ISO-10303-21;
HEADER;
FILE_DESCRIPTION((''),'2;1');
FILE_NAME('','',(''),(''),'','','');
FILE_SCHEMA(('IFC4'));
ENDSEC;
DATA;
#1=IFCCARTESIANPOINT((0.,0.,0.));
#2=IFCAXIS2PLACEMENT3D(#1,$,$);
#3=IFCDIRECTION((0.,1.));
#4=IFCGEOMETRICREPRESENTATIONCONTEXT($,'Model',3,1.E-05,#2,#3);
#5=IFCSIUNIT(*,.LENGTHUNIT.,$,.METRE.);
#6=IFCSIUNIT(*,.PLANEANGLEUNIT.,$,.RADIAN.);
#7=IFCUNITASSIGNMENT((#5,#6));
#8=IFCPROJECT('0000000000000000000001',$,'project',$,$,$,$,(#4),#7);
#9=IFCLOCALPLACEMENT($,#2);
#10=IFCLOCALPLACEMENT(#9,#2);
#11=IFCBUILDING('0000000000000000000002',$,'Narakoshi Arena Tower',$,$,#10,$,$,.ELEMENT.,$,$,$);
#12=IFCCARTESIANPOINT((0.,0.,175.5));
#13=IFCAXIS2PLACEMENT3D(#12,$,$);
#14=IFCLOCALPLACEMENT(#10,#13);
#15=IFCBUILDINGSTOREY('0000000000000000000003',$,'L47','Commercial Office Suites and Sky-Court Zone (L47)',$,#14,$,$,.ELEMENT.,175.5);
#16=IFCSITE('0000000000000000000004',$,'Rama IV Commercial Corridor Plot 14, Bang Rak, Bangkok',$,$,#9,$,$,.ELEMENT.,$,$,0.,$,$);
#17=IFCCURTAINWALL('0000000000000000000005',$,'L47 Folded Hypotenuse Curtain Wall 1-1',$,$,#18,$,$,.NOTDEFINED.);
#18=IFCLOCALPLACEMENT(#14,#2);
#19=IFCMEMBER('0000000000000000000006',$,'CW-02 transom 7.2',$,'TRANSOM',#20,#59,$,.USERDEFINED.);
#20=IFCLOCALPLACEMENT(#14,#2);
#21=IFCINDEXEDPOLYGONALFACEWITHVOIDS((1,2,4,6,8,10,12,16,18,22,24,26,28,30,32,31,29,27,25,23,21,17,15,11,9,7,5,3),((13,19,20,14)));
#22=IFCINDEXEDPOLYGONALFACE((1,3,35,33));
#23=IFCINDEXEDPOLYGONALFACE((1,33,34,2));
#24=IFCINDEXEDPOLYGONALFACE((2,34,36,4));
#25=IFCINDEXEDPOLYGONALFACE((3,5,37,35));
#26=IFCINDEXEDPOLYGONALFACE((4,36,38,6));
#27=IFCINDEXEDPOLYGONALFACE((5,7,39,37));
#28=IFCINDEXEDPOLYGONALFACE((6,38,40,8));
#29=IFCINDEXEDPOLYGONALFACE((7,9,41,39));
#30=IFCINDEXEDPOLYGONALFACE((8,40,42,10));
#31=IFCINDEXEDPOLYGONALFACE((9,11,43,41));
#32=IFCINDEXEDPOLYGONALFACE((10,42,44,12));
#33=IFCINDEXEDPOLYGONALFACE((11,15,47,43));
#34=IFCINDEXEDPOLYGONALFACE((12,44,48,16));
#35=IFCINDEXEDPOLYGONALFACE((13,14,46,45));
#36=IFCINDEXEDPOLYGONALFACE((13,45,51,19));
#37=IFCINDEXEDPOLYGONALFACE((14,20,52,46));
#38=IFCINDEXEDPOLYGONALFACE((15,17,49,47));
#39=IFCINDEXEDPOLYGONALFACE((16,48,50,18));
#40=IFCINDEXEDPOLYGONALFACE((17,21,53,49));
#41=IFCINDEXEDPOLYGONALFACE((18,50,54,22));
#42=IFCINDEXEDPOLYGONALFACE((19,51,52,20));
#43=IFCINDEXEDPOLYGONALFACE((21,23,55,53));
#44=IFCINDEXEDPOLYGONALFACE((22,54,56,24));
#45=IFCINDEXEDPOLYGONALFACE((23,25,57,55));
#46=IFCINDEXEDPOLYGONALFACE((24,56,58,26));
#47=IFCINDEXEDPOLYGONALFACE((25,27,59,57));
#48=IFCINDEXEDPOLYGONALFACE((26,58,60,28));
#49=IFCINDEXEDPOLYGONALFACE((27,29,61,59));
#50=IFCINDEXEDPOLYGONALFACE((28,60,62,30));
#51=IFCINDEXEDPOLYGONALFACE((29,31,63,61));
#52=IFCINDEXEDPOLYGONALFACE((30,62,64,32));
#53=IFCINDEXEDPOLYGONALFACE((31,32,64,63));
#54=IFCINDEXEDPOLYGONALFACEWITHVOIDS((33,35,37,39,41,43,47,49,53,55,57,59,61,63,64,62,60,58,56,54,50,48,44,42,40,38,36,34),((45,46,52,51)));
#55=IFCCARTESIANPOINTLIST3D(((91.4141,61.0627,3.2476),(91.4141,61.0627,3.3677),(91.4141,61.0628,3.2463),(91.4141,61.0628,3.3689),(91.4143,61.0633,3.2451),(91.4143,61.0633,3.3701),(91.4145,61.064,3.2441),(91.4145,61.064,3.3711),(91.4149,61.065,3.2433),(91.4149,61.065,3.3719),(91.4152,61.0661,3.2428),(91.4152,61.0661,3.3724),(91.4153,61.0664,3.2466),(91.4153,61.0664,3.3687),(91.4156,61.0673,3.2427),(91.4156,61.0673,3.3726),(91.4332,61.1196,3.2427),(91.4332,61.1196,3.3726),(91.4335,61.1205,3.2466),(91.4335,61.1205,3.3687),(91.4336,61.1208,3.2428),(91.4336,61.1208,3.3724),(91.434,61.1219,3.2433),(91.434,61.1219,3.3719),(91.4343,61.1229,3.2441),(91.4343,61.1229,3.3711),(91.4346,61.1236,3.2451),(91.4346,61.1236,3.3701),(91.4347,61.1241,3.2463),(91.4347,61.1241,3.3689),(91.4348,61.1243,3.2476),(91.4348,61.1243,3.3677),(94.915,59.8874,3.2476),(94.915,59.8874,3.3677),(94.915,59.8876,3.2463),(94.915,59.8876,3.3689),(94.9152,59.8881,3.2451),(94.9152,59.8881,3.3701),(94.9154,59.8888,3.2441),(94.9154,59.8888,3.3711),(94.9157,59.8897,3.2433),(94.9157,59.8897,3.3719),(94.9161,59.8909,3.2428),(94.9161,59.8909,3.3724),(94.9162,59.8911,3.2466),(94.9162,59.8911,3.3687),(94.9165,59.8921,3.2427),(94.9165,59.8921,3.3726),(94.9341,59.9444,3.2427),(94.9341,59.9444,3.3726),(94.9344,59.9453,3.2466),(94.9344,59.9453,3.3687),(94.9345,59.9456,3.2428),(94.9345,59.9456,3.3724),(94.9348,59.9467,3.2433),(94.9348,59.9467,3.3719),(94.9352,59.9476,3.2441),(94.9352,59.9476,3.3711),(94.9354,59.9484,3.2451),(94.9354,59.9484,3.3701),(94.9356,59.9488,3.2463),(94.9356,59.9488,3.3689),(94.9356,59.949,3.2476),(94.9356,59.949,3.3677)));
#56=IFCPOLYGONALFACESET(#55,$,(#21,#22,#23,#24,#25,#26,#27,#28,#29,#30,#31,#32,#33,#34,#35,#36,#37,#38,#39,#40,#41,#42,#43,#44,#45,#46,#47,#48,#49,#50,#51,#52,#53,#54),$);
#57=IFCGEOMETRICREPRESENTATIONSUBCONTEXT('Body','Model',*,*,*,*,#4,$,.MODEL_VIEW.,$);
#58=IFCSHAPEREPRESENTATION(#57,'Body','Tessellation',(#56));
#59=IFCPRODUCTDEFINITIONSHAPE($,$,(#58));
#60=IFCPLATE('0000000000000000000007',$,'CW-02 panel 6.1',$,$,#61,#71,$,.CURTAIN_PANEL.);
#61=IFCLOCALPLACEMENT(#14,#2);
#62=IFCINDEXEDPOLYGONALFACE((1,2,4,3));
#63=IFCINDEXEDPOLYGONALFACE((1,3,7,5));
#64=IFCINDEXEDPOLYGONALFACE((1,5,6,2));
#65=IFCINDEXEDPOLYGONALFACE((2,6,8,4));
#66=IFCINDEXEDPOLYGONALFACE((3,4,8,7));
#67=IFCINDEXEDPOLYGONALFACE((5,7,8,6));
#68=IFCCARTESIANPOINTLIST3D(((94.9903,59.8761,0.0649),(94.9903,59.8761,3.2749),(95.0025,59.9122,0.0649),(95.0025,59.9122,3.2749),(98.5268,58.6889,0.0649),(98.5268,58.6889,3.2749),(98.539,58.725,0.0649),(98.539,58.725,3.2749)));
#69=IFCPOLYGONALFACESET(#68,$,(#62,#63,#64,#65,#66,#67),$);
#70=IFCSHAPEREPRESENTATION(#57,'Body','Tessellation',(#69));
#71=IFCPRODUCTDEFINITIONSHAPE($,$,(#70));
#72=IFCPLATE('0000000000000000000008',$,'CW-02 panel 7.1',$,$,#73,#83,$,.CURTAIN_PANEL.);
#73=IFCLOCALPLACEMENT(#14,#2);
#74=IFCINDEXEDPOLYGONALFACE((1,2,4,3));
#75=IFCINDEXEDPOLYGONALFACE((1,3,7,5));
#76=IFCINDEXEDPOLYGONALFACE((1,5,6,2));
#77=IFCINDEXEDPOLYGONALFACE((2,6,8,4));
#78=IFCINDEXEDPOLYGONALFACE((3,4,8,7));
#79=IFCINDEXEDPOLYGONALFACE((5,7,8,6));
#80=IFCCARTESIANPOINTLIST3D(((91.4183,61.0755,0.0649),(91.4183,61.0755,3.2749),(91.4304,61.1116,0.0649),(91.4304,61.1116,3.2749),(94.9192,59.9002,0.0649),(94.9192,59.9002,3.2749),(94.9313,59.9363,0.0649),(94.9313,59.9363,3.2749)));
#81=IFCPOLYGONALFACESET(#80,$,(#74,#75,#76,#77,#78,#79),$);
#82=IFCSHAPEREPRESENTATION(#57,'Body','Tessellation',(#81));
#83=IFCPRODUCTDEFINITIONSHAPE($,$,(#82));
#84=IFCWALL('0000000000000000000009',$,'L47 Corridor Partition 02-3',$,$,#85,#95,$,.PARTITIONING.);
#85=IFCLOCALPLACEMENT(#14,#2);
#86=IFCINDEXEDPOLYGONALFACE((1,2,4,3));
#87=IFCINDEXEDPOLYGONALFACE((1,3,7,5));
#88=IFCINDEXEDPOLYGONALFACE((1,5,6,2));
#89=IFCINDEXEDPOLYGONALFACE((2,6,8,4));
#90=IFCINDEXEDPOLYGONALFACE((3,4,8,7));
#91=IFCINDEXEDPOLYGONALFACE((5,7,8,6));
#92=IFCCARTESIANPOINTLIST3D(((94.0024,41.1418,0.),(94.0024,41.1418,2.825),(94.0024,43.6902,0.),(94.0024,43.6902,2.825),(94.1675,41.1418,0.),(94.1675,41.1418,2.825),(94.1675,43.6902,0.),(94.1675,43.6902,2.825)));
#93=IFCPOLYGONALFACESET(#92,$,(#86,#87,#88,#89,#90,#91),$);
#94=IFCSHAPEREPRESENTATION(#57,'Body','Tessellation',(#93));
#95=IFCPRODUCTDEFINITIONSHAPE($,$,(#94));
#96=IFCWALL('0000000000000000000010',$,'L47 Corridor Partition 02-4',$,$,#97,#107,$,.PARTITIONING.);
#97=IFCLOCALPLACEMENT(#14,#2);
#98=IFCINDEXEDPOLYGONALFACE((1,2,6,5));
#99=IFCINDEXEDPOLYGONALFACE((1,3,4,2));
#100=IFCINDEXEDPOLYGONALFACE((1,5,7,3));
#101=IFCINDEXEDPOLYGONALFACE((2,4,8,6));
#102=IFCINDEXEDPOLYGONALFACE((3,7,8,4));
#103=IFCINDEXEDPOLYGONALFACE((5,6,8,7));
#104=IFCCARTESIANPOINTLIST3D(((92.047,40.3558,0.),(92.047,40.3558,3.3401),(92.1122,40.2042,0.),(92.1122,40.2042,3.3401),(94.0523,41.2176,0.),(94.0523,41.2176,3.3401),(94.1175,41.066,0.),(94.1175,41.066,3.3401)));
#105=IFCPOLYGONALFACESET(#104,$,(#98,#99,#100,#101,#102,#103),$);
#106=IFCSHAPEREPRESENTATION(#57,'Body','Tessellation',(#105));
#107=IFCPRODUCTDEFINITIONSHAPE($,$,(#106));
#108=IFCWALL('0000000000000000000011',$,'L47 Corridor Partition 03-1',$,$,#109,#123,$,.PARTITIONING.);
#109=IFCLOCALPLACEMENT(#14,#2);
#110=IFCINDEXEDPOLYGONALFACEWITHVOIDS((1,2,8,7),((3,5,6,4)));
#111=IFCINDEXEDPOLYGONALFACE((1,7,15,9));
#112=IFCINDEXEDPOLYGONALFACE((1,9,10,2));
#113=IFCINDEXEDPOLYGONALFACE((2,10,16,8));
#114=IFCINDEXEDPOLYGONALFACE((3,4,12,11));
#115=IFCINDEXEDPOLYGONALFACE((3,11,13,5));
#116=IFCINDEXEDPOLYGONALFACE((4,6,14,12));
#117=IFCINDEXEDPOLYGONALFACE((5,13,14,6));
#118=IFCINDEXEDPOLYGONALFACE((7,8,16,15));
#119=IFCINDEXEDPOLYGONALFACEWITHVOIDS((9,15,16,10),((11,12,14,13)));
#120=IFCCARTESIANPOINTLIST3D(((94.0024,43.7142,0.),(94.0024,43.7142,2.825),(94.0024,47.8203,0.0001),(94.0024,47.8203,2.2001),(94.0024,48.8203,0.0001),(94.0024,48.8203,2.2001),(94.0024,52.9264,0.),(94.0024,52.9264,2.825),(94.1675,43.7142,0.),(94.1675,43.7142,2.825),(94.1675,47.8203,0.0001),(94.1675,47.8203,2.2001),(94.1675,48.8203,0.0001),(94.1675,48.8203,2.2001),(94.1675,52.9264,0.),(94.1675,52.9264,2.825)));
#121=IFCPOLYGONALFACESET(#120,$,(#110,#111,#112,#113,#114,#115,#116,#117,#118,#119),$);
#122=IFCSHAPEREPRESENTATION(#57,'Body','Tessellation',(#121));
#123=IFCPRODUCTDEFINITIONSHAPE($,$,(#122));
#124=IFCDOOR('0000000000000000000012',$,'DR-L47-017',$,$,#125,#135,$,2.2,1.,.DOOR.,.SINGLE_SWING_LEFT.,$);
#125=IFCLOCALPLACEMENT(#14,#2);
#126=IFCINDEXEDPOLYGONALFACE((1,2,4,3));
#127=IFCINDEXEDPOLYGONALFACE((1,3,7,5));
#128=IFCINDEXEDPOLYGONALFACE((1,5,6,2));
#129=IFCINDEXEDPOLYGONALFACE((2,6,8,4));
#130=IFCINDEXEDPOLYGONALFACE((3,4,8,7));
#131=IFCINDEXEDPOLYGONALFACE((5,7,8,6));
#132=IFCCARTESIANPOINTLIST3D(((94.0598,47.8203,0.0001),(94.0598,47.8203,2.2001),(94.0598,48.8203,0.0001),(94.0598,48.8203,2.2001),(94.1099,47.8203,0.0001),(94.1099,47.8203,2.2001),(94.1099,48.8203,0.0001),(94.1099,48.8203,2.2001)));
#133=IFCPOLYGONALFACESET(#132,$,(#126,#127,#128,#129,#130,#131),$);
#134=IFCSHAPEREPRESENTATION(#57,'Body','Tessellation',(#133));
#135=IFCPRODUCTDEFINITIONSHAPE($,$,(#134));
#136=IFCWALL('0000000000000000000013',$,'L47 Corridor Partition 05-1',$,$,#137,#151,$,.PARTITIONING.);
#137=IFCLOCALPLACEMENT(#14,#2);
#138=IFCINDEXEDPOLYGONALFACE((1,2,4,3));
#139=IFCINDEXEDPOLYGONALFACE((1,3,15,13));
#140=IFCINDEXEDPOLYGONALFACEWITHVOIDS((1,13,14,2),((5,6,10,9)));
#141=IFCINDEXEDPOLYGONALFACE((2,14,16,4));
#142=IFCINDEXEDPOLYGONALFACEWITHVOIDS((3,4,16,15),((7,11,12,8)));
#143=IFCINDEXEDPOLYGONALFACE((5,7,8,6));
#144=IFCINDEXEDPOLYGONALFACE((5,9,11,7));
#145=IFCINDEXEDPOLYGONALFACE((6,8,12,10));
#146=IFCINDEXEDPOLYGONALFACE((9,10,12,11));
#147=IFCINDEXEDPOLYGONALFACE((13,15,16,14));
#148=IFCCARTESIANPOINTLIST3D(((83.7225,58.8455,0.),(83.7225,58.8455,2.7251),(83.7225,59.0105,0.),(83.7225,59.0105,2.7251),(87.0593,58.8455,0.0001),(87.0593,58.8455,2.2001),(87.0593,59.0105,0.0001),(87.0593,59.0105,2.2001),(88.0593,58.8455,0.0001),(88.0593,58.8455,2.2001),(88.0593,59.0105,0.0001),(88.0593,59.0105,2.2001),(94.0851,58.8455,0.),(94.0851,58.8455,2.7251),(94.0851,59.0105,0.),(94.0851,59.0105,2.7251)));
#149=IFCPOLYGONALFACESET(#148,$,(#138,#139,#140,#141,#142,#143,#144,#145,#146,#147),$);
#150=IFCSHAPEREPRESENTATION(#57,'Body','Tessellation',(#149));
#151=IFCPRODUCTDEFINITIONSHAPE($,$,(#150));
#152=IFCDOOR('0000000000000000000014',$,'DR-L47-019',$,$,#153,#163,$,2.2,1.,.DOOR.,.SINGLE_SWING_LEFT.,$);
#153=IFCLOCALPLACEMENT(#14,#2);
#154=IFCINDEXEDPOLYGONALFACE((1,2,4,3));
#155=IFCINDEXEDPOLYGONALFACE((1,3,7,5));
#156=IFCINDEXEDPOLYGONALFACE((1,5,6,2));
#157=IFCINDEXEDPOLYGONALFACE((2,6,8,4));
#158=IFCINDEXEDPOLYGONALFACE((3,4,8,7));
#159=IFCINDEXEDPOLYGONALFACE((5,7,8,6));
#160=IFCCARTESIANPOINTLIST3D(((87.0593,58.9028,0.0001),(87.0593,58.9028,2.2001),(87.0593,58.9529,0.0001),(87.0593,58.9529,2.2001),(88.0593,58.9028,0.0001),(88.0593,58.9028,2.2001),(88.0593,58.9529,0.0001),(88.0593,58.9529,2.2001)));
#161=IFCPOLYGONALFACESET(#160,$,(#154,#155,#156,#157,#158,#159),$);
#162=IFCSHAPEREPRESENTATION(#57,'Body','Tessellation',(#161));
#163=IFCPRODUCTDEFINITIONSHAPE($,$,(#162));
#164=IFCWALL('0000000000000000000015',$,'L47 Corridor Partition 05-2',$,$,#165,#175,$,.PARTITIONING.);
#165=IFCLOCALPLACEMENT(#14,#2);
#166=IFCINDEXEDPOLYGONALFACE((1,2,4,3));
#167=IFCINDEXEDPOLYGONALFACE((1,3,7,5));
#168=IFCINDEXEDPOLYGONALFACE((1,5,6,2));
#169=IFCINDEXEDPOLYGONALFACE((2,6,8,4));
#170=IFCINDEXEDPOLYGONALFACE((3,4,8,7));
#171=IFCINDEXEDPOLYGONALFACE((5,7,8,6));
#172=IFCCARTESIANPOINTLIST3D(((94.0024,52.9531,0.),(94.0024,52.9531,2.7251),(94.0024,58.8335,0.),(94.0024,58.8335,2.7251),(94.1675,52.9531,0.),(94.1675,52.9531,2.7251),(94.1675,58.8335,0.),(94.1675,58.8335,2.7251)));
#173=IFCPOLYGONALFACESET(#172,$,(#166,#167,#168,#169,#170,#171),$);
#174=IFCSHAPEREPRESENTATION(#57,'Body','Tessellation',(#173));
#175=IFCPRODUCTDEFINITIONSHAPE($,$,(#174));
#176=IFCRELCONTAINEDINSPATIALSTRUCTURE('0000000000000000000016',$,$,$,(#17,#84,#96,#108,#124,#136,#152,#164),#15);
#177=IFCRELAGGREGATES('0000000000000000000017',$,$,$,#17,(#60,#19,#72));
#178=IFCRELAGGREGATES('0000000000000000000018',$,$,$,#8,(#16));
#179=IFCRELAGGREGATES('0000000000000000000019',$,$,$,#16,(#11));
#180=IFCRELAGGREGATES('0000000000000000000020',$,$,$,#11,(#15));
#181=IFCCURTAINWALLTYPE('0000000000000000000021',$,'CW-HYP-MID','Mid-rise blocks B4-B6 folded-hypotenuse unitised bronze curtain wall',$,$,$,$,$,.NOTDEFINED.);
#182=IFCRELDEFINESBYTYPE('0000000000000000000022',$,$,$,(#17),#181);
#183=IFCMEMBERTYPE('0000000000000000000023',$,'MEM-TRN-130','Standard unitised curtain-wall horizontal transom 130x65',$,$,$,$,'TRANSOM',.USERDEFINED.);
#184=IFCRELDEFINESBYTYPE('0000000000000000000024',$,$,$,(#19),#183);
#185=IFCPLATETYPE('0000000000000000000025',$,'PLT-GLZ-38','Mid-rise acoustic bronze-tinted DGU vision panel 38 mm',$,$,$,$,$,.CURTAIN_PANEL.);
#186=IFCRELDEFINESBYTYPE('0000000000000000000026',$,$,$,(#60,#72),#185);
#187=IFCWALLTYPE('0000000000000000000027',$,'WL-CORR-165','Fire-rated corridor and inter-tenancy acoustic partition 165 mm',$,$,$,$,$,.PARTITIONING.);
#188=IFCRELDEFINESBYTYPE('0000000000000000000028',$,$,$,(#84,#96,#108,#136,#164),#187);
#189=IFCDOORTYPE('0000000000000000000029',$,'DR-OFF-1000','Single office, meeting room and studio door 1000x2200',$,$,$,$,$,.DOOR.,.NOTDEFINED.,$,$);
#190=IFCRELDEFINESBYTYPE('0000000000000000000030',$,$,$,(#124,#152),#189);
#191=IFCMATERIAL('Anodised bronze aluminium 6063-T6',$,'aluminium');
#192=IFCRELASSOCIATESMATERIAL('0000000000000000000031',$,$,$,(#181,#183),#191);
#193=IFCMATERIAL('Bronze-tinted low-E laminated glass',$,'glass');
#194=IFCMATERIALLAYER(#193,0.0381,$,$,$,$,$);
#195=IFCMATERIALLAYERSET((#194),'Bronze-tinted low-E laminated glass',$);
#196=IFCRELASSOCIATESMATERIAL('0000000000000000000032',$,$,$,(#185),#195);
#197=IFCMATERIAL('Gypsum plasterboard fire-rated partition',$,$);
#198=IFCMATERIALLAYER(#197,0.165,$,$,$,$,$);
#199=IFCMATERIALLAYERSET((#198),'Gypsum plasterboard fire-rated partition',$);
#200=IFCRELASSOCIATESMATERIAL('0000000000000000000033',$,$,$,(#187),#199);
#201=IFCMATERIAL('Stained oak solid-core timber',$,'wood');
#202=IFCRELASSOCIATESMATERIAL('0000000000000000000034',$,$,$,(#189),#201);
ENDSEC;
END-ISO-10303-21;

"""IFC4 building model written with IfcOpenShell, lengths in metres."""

from ifc_helpers import new_model, si_unit, direction, frame, frame_2d, origin, origin_2d, place, context, subcontext, project, spatial, rectangle, hollow_rectangle, extrude, material, layer, layer_set, material_profile, profile_set, type_object, element, fill, aggregate, save


model = new_model("IFC4")

# Units and contexts
model_context = context("Model", 3, precision=1e-05, world=origin(), true_north=direction((0.0, 1.0)))
body_context = subcontext(model_context, "Body", "Model", "MODEL_VIEW")
ifc_project = project(units=[si_unit("LENGTHUNIT", "METRE"), si_unit("PLANEANGLEUNIT", "RADIAN")], contexts=[model_context])

# Site, building, storey
site_placement = place(None, origin())
site = spatial("IfcSite", under=ifc_project, at=site_placement, Name="Rama IV Commercial Corridor Plot 14, Bang Rak, Bangkok", CompositionType="ELEMENT", RefElevation=0.0)
building_placement = place(site_placement, origin())
building = spatial("IfcBuilding", under=site, at=building_placement, Name="Narakoshi Arena Tower", CompositionType="ELEMENT")
storey_placement = place(building_placement, frame((0.0, 0.0, 175.5)))
storey = spatial("IfcBuildingStorey", under=building, at=storey_placement, Name="L47", Description="Commercial Office Suites and Sky-Court Zone (L47)", CompositionType="ELEMENT", Elevation=175.5)

# Curtain wall, member, plates
ifc_material_1 = material(Name="Anodised bronze aluminium 6063-T6", Category="aluminium")
curtain_wall_type = type_object("IfcCurtainWallType", Name="CW-HYP-MID", Description="Mid-rise blocks B4-B6 folded-hypotenuse unitised bronze curtain wall", PredefinedType="NOTDEFINED", material=ifc_material_1)
curtain_wall_placement = place(storey_placement, origin())
curtain_wall = element("IfcCurtainWall", 1, at=curtain_wall_placement, inside=storey, type_object=curtain_wall_type, Name="L47 Folded Hypotenuse Curtain Wall 1-1", PredefinedType="NOTDEFINED")
ifc_material_profile_1 = material_profile(ifc_material_1, hollow_rectangle(XDim=0.0649, YDim=0.1299, WallThickness=0.0039, OuterFilletRadius=0.0049, at=origin_2d()), Name="TRN130x65x4")
ifc_profile_set_1 = profile_set([ifc_material_profile_1], Name="Anodised bronze aluminium 6063-T6")
member_type_1 = type_object("IfcMemberType", Name="MEM-TRN-130", Description="Standard unitised curtain-wall horizontal transom 130x65", ElementType="TRANSOM", PredefinedType="USERDEFINED", material=ifc_profile_set_1)
member_1_placement = place(storey_placement, frame((94.9253, 59.9182, 3.3076), z_axis=(-0.948007, 0.31825, 0.0), x_axis=(-0.31825, -0.948007, 0.0)))
member_1 = element("IfcMember", 2, at=member_1_placement, type_object=member_type_1, Name="CW-02 transom 7.2", ObjectType="TRANSOM", PredefinedType="USERDEFINED", context=body_context, shape_type="SweptSolid", body=[
    extrude(hollow_rectangle(XDim=0.0649, YDim=0.1299, WallThickness=0.0039, OuterFilletRadius=0.0049, at=origin_2d()), origin(), (0.0, 0.0, 1.0), 3.6929),
])
ifc_material_2 = material(Name="Bronze-tinted low-E laminated glass", Category="glass")
ifc_layer_1 = layer(ifc_material_2, 0.0381)
ifc_layer_set_1 = layer_set([ifc_layer_1], Name="Bronze-tinted low-E laminated glass")
plate_type = type_object("IfcPlateType", Name="PLT-GLZ-38", Description="Mid-rise acoustic bronze-tinted DGU vision panel 38 mm", PredefinedType="CURTAIN_PANEL", material=ifc_layer_set_1)
plate_1_placement = place(storey_placement, frame((96.7646, 59.3005, 0.0649), z_axis=(0.0, 0.0, 1.0), x_axis=(-0.948003, 0.318261, 0.0)))
plate_1 = element("IfcPlate", 3, at=plate_1_placement, type_object=plate_type, Name="CW-02 panel 6.1", PredefinedType="CURTAIN_PANEL", context=body_context, shape_type="SweptSolid", body=[
    extrude(rectangle(XDim=3.7305, YDim=0.0381, at=origin_2d()), origin(), (0.0, 0.0, 1.0), 3.21),
])
plate_2_placement = place(storey_placement, frame((93.1748, 60.5059, 0.0649), z_axis=(0.0, 0.0, 1.0), x_axis=(-0.948003, 0.318261, 0.0)))
plate_2 = element("IfcPlate", 4, at=plate_2_placement, type_object=plate_type, Name="CW-02 panel 7.1", PredefinedType="CURTAIN_PANEL", context=body_context, shape_type="SweptSolid", body=[
    extrude(rectangle(XDim=3.6929, YDim=0.0381, at=origin_2d()), origin(), (0.0, 0.0, 1.0), 3.21),
])
aggregate(curtain_wall, [plate_1, member_1, plate_2])

# Walls
ifc_material_3 = material(Name="Gypsum plasterboard fire-rated partition")
ifc_layer_2 = layer(ifc_material_3, 0.165)
ifc_layer_set_2 = layer_set([ifc_layer_2], Name="Gypsum plasterboard fire-rated partition")
wall_type_1 = type_object("IfcWallType", Name="WL-CORR-165", Description="Fire-rated corridor and inter-tenancy acoustic partition 165 mm", PredefinedType="PARTITIONING", material=ifc_layer_set_2)
wall_1_placement = place(storey_placement, frame((94.085, 41.1418, 0.0), z_axis=(0.0, 0.0, 1.0), x_axis=(0.0, 1.0, 0.0)))
element("IfcWall", 5, at=wall_1_placement, inside=storey, type_object=wall_type_1, Name="L47 Corridor Partition 02-3", PredefinedType="PARTITIONING", context=body_context, shape_type="SweptSolid", body=[
    extrude(rectangle(XDim=2.5483, YDim=0.165, at=frame_2d((1.2742, 0.0))), origin(), (0.0, 0.0, 1.0), 2.825),
])
wall_2_placement = place(storey_placement, frame((92.0796, 40.28, 0.0), z_axis=(0.0, 0.0, 1.0), x_axis=(0.918751, 0.394837, 0.0)))
element("IfcWall", 6, at=wall_2_placement, inside=storey, type_object=wall_type_1, Name="L47 Corridor Partition 02-4", PredefinedType="PARTITIONING", context=body_context, shape_type="SweptSolid", body=[
    extrude(rectangle(XDim=2.1826, YDim=0.165, at=frame_2d((1.0913, 0.0))), origin(), (0.0, 0.0, 1.0), 3.3401),
])

# Walls, openings, doors
wall_3_placement = place(storey_placement, frame((94.085, 43.7144, 0.0), z_axis=(0.0, 0.0, 1.0), x_axis=(0.0, 1.0, 0.0)))
wall_3 = element("IfcWall", 7, at=wall_3_placement, inside=storey, type_object=wall_type_1, Name="L47 Corridor Partition 03-1", PredefinedType="PARTITIONING", context=body_context, shape_type="SweptSolid", body=[
    extrude(rectangle(XDim=9.2122, YDim=0.165, at=frame_2d((4.606, 0.0))), origin(), (0.0, 0.0, 1.0), 2.825),
])
opening_1_placement = place(wall_3_placement, frame((4.106, 0.0, 0.0)))
opening_1 = element("IfcOpeningElement", 8, at=opening_1_placement, cuts=wall_3, PredefinedType="OPENING", context=body_context, shape_type="SweptSolid", body=[
    extrude(rectangle(XDim=1.0, YDim=2.2, at=frame_2d((0.5, 1.1001))), frame((0.0, 0.0925, 0.0), z_axis=(0.0, -1.0, 0.0), x_axis=(1.0, 0.0, 0.0)), (0.0, 0.0, 1.0), 0.1851),
])
ifc_material_4 = material(Name="Stained oak solid-core timber", Category="wood")
door_type = type_object("IfcDoorType", Name="DR-OFF-1000", Description="Single office, meeting room and studio door 1000x2200", OperationType="NOTDEFINED", PredefinedType="DOOR", material=ifc_material_4)
door_1_placement = place(opening_1_placement, frame((1.0, 0.0, 0.0), z_axis=(0.0, 0.0, 1.0), x_axis=(-1.0, 0.0, 0.0)))
door_1 = element("IfcDoor", 9, at=door_1_placement, inside=storey, type_object=door_type, Name="DR-L47-017", OperationType="SINGLE_SWING_LEFT", OverallHeight=2.2, OverallWidth=1.0, PredefinedType="DOOR", context=body_context, shape_type="SweptSolid", body=[
    extrude(rectangle(XDim=1.0, YDim=2.2, at=frame_2d((0.5, 1.1001))), frame((0.0, 0.0249, 0.0), z_axis=(0.0, -1.0, 0.0), x_axis=(1.0, 0.0, 0.0)), (0.0, 0.0, 1.0), 0.05),
])
fill(opening_1, door_1)
wall_4_placement = place(storey_placement, frame((94.085, 58.928, 0.0), z_axis=(0.0, 0.0, 1.0), x_axis=(-1.0, 0.0, 0.0)))
wall_4 = element("IfcWall", 10, at=wall_4_placement, inside=storey, type_object=wall_type_1, Name="L47 Corridor Partition 05-1", PredefinedType="PARTITIONING", context=body_context, shape_type="SweptSolid", body=[
    extrude(rectangle(XDim=10.3625, YDim=0.165, at=frame_2d((5.1812, 0.0))), origin(), (0.0, 0.0, 1.0), 2.7251),
])
opening_2_placement = place(wall_4_placement, frame((6.0256, 0.0, 0.0)))
opening_2 = element("IfcOpeningElement", 11, at=opening_2_placement, cuts=wall_4, PredefinedType="OPENING", context=body_context, shape_type="SweptSolid", body=[
    extrude(rectangle(XDim=1.0, YDim=2.2, at=frame_2d((0.5, 1.1001))), frame((0.0, 0.0925, 0.0), z_axis=(0.0, -1.0, 0.0), x_axis=(1.0, 0.0, 0.0)), (0.0, 0.0, 1.0), 0.1851),
])
door_2_placement = place(opening_2_placement, frame((1.0, 0.0, 0.0), z_axis=(0.0, 0.0, 1.0), x_axis=(-1.0, 0.0, 0.0)))
door_2 = element("IfcDoor", 12, at=door_2_placement, inside=storey, type_object=door_type, Name="DR-L47-019", OperationType="SINGLE_SWING_LEFT", OverallHeight=2.2, OverallWidth=1.0, PredefinedType="DOOR", context=body_context, shape_type="SweptSolid", body=[
    extrude(rectangle(XDim=1.0, YDim=2.2, at=frame_2d((0.5, 1.1001))), frame((0.0, 0.0249, 0.0), z_axis=(0.0, -1.0, 0.0), x_axis=(1.0, 0.0, 0.0)), (0.0, 0.0, 1.0), 0.05),
])
fill(opening_2, door_2)

# Wall
wall_5_placement = place(storey_placement, frame((94.085, 52.9531, 0.0), z_axis=(0.0, 0.0, 1.0), x_axis=(0.0, 1.0, 0.0)))
element("IfcWall", 13, at=wall_5_placement, inside=storey, type_object=wall_type_1, Name="L47 Corridor Partition 05-2", PredefinedType="PARTITIONING", context=body_context, shape_type="SweptSolid", body=[
    extrude(rectangle(XDim=5.8804, YDim=0.165, at=frame_2d((2.9402, 0.0))), origin(), (0.0, 0.0, 1.0), 2.7251),
])

save(model, "model.ifc")
